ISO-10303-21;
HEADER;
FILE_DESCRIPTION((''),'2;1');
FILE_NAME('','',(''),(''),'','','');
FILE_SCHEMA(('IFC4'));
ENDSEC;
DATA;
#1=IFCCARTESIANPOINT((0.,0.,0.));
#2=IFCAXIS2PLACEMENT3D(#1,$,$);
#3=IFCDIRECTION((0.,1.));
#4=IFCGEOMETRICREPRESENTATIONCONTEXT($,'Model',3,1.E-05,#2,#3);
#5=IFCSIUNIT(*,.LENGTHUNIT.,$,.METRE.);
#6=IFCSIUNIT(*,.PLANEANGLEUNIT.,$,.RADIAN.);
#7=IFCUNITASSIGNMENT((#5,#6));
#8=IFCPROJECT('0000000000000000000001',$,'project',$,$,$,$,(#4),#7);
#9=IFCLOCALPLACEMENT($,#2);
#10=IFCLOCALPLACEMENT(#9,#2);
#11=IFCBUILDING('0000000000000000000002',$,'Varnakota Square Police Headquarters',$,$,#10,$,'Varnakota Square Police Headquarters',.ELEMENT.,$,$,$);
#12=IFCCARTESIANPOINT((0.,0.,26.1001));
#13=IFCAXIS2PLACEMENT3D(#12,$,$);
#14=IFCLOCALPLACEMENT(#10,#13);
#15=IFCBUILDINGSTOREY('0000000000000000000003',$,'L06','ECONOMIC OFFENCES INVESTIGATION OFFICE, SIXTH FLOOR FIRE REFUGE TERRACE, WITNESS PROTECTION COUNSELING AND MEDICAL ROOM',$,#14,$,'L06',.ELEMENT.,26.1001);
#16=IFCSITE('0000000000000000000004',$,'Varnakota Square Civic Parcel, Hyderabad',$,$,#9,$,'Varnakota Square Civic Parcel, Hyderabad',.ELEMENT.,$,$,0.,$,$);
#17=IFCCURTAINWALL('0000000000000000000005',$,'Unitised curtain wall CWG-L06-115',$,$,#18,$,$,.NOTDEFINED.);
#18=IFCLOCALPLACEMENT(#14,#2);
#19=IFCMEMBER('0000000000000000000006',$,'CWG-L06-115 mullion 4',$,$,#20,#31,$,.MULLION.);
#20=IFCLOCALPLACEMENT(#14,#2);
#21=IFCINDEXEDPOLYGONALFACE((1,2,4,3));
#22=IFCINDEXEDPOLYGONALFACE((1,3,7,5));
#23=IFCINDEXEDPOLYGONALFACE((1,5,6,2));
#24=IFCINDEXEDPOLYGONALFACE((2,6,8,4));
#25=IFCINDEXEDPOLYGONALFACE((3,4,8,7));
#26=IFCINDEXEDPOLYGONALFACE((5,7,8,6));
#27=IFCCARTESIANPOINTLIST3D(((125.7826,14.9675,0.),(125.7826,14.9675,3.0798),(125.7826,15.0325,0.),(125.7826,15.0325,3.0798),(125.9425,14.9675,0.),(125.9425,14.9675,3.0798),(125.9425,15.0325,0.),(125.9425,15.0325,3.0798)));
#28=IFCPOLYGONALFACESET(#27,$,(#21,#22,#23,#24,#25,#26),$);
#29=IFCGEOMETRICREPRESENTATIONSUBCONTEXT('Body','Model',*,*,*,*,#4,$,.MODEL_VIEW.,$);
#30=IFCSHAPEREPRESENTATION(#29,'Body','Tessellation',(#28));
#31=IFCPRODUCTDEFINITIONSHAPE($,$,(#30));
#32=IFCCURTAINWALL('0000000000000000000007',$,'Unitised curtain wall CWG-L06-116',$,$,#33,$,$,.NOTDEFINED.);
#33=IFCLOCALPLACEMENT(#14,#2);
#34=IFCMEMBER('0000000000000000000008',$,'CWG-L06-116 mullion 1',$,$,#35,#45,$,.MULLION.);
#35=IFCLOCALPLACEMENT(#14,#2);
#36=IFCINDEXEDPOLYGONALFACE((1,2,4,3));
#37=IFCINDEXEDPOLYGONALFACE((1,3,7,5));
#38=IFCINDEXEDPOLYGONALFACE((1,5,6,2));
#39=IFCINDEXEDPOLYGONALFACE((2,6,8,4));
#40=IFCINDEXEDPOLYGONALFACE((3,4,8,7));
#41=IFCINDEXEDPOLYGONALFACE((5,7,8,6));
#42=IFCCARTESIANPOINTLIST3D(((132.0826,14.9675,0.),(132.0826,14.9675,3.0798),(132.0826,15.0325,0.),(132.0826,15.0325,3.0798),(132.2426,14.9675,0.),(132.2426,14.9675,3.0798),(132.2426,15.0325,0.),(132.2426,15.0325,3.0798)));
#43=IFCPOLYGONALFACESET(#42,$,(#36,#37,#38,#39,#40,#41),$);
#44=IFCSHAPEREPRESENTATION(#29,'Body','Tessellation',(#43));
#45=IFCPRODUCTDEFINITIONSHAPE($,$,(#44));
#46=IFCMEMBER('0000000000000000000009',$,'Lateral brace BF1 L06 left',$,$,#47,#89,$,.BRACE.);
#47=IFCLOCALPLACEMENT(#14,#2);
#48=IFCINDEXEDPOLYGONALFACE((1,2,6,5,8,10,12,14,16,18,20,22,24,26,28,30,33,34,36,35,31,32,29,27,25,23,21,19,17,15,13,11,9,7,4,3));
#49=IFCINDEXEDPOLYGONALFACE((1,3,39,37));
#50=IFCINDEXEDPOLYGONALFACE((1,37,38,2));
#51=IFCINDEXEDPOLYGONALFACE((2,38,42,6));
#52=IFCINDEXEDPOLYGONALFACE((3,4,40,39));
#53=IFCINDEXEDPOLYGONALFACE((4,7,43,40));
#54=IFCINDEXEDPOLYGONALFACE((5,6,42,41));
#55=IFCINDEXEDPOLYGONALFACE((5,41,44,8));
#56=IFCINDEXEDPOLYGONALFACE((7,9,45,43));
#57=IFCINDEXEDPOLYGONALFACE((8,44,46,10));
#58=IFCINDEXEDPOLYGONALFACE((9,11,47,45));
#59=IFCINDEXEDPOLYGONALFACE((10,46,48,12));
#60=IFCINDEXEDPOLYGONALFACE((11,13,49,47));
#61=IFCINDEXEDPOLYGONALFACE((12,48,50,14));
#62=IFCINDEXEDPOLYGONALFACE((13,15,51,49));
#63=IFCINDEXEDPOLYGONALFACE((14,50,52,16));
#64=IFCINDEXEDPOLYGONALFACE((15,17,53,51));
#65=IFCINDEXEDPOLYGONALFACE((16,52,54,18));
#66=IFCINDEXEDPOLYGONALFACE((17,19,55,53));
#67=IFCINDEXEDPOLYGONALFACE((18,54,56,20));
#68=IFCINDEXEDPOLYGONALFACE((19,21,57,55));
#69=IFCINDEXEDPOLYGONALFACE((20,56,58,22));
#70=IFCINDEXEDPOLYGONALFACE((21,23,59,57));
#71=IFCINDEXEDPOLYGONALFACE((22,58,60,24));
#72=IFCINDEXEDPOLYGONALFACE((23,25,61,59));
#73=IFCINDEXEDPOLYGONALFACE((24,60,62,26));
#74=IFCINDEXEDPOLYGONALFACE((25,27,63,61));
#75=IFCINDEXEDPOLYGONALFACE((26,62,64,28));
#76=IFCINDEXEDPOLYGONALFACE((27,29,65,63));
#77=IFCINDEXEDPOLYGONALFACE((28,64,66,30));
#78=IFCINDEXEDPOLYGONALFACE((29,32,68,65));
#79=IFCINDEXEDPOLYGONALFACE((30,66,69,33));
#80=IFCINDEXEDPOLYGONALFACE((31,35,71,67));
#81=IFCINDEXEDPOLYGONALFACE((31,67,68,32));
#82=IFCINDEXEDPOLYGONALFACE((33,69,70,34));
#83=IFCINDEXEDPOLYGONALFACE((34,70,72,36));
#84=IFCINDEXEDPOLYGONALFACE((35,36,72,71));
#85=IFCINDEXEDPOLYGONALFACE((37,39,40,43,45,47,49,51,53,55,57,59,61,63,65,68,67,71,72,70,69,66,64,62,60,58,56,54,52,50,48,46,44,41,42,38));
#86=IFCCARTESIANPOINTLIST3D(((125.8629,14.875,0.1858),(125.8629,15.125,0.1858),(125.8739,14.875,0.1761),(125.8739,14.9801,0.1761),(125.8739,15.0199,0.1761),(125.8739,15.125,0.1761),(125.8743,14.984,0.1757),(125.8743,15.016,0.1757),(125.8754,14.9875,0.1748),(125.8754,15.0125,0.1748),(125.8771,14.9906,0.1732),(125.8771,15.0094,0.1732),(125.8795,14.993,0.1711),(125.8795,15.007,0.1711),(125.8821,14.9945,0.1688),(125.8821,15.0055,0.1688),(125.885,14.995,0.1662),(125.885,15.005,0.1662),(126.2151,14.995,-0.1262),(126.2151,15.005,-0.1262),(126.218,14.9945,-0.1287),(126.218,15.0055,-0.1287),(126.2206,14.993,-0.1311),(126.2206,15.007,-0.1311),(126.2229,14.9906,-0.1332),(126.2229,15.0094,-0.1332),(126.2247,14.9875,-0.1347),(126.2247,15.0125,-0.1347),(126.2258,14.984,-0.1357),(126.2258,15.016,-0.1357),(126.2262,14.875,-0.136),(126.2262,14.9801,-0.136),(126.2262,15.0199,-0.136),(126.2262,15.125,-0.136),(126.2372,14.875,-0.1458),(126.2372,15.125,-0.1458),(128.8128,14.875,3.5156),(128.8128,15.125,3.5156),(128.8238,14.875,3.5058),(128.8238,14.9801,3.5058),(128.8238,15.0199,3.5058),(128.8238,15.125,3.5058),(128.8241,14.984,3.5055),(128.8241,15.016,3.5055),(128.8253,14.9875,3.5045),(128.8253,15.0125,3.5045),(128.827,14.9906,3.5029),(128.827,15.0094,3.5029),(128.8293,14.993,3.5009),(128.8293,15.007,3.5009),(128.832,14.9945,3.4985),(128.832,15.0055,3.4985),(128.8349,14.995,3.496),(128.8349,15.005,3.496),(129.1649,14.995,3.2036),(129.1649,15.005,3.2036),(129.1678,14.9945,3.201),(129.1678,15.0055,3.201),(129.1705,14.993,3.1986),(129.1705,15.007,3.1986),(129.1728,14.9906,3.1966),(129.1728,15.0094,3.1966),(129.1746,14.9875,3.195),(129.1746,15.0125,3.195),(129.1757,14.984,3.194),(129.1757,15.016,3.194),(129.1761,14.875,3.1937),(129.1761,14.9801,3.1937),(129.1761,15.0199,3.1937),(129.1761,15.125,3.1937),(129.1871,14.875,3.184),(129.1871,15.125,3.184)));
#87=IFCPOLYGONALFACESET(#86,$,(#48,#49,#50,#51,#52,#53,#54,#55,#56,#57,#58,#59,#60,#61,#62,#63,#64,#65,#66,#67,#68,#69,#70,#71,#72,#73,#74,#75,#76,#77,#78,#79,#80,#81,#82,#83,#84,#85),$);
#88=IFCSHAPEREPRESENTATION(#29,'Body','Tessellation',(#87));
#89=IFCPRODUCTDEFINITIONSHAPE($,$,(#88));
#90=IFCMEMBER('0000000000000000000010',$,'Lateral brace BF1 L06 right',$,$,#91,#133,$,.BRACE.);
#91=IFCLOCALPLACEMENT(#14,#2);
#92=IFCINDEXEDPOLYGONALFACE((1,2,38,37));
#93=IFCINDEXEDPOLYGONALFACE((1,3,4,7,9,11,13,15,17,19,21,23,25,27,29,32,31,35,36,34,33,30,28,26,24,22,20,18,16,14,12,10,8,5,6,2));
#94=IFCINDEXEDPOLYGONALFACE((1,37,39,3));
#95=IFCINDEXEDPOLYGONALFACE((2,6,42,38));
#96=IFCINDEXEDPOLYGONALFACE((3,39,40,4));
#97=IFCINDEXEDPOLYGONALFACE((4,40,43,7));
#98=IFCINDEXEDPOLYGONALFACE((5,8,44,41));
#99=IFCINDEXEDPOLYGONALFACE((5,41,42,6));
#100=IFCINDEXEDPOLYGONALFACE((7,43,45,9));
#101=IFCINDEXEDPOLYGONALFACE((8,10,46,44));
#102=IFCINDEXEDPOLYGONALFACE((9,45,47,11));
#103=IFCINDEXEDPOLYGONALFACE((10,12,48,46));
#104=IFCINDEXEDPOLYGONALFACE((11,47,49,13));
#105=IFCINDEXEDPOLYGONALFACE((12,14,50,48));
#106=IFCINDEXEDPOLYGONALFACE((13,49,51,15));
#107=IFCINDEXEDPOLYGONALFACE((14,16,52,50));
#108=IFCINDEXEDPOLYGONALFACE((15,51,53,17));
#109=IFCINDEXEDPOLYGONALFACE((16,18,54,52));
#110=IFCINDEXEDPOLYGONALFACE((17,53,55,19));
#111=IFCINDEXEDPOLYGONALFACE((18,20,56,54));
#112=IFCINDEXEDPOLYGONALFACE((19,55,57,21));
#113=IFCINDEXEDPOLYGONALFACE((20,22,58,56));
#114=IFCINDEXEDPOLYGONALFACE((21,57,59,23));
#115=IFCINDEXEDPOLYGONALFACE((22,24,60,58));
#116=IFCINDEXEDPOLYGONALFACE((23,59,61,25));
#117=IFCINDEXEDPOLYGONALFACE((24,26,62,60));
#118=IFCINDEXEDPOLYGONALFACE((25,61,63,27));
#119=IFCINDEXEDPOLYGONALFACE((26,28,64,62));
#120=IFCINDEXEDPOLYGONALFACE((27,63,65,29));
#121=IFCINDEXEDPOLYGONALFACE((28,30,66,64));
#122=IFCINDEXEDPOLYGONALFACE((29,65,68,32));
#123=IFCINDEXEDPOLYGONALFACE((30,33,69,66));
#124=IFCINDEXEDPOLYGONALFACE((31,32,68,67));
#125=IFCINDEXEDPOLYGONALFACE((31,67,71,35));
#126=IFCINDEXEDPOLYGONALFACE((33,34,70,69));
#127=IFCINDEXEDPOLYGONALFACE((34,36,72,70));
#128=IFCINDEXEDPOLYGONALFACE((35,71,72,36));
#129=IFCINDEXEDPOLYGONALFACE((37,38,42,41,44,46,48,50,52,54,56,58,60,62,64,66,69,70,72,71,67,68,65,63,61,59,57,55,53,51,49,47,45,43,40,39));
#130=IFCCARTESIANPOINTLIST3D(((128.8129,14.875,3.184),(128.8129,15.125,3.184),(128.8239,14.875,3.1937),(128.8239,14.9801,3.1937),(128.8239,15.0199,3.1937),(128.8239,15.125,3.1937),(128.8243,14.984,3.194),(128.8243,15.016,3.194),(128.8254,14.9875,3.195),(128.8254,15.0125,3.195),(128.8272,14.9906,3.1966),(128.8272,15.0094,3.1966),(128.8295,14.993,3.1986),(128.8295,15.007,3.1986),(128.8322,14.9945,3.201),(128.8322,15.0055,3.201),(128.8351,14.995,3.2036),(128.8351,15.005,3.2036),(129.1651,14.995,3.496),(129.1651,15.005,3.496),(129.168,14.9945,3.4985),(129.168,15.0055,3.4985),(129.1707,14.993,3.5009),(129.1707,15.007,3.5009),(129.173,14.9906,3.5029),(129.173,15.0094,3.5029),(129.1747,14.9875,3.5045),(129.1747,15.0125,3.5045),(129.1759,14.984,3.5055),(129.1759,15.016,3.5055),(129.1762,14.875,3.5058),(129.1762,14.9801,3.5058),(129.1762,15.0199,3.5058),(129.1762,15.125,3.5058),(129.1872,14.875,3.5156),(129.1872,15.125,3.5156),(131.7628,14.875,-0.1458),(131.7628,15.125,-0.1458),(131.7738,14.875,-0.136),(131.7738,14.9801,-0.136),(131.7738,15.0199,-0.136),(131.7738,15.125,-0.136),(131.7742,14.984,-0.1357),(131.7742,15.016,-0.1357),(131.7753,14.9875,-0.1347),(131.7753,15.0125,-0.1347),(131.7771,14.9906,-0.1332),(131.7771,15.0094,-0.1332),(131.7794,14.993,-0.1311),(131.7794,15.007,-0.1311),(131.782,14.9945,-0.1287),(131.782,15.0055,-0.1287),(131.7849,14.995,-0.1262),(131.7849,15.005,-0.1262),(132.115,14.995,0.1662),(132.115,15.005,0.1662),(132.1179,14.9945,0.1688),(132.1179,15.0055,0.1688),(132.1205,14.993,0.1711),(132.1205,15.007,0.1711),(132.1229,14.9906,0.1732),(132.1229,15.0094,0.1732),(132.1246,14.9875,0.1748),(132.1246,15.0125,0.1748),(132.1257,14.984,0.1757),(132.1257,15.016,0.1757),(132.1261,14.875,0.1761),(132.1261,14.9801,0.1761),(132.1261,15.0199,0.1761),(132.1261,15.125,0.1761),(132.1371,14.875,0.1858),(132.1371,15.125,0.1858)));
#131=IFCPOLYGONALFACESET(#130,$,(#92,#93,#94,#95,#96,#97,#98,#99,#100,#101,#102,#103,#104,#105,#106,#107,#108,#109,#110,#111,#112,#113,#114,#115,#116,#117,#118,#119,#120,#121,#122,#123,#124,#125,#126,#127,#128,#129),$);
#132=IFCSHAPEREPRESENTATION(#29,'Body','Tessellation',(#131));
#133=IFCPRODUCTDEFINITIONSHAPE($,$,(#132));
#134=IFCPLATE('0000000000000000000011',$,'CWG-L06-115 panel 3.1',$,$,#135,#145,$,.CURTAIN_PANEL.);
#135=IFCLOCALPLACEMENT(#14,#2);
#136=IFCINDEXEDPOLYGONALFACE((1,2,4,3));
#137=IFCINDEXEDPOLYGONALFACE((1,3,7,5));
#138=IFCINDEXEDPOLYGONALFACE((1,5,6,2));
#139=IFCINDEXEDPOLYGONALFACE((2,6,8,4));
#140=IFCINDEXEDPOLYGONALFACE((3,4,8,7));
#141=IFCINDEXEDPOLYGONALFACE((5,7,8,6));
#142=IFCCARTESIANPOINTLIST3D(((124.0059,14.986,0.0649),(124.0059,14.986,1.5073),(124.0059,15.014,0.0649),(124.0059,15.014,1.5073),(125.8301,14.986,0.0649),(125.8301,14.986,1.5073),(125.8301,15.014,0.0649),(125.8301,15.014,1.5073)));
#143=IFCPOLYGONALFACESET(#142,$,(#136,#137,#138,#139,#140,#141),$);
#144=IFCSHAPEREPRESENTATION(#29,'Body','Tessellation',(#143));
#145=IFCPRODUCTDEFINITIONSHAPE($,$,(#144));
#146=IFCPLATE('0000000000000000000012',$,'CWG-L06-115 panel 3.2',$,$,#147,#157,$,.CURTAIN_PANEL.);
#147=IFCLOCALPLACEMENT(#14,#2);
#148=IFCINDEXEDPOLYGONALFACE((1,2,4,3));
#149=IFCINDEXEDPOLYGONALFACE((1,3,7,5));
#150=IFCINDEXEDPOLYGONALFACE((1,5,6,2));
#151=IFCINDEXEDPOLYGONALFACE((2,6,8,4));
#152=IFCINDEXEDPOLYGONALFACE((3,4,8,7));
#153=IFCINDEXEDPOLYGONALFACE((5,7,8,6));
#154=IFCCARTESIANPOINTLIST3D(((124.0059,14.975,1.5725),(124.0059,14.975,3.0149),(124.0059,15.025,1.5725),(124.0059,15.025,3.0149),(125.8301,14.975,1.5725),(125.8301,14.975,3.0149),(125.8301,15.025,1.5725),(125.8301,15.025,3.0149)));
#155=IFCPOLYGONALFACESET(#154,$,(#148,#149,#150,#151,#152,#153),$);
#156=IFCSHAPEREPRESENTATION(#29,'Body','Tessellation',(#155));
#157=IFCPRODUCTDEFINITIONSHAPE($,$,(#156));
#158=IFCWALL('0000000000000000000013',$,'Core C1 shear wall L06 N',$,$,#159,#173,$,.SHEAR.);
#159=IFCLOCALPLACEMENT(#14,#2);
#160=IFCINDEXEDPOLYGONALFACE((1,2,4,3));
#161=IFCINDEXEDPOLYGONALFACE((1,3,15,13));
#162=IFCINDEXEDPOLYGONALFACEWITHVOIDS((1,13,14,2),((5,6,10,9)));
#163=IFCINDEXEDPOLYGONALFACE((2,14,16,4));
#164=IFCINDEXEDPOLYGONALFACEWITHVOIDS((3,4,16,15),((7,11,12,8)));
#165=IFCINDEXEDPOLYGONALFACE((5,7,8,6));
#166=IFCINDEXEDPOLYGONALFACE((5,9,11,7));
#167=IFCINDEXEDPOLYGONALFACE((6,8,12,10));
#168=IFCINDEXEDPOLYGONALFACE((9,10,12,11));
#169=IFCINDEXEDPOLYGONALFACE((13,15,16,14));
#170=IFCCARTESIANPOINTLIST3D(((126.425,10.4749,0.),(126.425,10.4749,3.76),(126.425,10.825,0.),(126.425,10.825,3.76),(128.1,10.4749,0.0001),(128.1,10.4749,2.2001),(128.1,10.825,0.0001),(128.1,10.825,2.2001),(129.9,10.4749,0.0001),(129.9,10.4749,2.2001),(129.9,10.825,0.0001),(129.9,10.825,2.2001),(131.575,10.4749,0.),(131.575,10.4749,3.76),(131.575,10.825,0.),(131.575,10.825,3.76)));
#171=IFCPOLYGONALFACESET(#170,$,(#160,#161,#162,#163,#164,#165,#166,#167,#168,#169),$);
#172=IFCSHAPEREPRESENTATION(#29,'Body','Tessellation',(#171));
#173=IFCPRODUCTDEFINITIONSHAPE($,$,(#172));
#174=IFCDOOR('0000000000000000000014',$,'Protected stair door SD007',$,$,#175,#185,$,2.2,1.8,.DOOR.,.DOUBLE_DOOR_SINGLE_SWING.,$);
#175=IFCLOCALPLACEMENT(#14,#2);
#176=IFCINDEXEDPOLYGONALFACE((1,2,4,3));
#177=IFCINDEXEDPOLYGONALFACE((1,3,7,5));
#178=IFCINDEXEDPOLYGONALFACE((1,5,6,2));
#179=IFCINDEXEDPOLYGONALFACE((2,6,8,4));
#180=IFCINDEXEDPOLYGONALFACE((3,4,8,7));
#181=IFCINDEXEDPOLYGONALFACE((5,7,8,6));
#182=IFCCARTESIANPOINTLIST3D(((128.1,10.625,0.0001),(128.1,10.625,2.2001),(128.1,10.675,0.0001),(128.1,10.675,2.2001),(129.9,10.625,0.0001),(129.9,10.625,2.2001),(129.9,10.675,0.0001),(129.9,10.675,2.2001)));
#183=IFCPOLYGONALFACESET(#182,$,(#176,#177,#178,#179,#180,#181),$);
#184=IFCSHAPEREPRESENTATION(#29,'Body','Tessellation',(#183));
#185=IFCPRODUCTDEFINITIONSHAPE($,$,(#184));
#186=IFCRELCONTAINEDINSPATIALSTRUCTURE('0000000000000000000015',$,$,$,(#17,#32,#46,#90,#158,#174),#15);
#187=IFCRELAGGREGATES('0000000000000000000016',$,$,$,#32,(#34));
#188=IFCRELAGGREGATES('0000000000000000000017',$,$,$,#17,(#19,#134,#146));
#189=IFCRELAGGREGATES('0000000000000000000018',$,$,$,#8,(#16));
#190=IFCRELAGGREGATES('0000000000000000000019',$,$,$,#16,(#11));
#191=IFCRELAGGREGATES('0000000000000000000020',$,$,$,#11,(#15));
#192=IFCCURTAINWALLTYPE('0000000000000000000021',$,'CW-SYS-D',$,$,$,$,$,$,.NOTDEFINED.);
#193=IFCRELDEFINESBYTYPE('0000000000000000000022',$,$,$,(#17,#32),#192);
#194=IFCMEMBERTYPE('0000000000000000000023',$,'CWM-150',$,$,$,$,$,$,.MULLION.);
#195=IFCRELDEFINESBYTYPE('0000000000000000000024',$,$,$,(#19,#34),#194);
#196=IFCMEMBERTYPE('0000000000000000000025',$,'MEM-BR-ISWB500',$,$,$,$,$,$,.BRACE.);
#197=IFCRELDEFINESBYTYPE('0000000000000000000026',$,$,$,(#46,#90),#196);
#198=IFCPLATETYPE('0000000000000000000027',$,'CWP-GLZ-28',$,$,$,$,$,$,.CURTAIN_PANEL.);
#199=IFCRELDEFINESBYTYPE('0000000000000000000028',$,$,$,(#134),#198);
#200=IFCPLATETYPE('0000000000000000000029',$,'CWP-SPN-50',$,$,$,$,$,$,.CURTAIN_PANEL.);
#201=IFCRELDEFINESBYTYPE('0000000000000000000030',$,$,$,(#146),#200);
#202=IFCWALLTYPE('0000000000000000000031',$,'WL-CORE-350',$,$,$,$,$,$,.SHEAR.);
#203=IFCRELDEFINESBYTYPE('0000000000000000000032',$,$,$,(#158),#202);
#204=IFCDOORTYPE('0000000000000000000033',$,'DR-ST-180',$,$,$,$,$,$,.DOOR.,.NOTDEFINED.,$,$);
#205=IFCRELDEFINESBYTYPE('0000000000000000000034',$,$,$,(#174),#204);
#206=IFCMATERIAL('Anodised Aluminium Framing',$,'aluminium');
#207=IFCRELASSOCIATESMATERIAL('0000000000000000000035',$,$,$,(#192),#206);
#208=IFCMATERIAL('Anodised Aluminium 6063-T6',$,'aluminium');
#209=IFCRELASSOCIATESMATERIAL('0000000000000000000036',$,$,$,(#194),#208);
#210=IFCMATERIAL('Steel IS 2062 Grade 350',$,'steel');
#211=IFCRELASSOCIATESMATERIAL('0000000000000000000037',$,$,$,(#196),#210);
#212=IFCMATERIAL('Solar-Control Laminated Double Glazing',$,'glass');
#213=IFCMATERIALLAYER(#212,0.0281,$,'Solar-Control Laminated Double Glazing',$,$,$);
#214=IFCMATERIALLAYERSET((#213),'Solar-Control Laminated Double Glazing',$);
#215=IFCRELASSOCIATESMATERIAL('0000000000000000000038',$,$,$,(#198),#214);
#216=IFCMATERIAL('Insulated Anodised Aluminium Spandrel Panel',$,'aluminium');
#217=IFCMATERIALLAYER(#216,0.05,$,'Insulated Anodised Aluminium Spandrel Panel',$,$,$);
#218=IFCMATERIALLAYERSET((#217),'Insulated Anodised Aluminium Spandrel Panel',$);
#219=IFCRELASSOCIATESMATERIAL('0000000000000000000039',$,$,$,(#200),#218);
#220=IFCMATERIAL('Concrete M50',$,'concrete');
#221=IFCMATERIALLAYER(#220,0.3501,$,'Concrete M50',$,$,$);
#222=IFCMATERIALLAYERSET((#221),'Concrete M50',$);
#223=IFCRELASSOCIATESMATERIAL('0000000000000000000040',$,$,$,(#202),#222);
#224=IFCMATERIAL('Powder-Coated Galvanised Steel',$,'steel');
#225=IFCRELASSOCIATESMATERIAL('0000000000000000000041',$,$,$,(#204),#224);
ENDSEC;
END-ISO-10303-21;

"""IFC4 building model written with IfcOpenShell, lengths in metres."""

from ifc_helpers import new_model, si_unit, direction, frame, frame_2d, origin, origin_2d, place, context, subcontext, project, spatial, rectangle, i_section, extrude, material, layer, layer_set, material_profile, profile_set, type_object, element, fill, aggregate, save


model = new_model("IFC4")

# Units and contexts
model_context = context("Model", 3, precision=1e-05, world=origin(), true_north=direction((0.0, 1.0)))
body_context = subcontext(model_context, "Body", "Model", "MODEL_VIEW")
ifc_project = project(units=[si_unit("LENGTHUNIT", "METRE"), si_unit("PLANEANGLEUNIT", "RADIAN")], contexts=[model_context])

# Site, building, storey
site_placement = place(None, origin())
site = spatial("IfcSite", under=ifc_project, at=site_placement, Name="Varnakota Square Civic Parcel, Hyderabad", LongName="Varnakota Square Civic Parcel, Hyderabad", CompositionType="ELEMENT", RefElevation=0.0)
building_placement = place(site_placement, origin())
building = spatial("IfcBuilding", under=site, at=building_placement, Name="Varnakota Square Police Headquarters", LongName="Varnakota Square Police Headquarters", CompositionType="ELEMENT")
storey_placement = place(building_placement, frame((0.0, 0.0, 26.1001)))
storey = spatial("IfcBuildingStorey", under=building, at=storey_placement, Name="L06", Description="ECONOMIC OFFENCES INVESTIGATION OFFICE, SIXTH FLOOR FIRE REFUGE TERRACE, WITNESS PROTECTION COUNSELING AND MEDICAL ROOM", LongName="L06", CompositionType="ELEMENT", Elevation=26.1001)

# Shared definitions
ifc_material_1 = material(Name="Steel IS 2062 Grade 350", Category="steel")

# Curtain walls, members
ifc_material_2 = material(Name="Anodised Aluminium Framing", Category="aluminium")
curtain_wall_type = type_object("IfcCurtainWallType", Name="CW-SYS-D", PredefinedType="NOTDEFINED", material=ifc_material_2)
curtain_wall_1_placement = place(storey_placement, origin())
curtain_wall_1 = element("IfcCurtainWall", 1, at=curtain_wall_1_placement, inside=storey, type_object=curtain_wall_type, Name="Unitised curtain wall CWG-L06-115", PredefinedType="NOTDEFINED")
ifc_material_3 = material(Name="Anodised Aluminium 6063-T6", Category="aluminium")
ifc_material_profile_1 = material_profile(ifc_material_3, rectangle(XDim=0.0649, YDim=0.1599, at=origin_2d()), Name="ALU MULLION 65x160")
ifc_profile_set_1 = profile_set([ifc_material_profile_1], Name="Anodised Aluminium 6063-T6")
member_type_1 = type_object("IfcMemberType", Name="CWM-150", PredefinedType="MULLION", material=ifc_profile_set_1)
member_1_placement = place(storey_placement, frame((125.8625, 15.0, 0.0), z_axis=(0.0, 0.0, 1.0), x_axis=(0.0, 1.0, 0.0)))
member_1 = element("IfcMember", 2, at=member_1_placement, type_object=member_type_1, Name="CWG-L06-115 mullion 4", PredefinedType="MULLION", context=body_context, shape_type="SweptSolid", body=[
    extrude(rectangle(XDim=0.0649, YDim=0.1599, at=origin_2d()), origin(), (0.0, 0.0, 1.0), 3.0798),
])
curtain_wall_2_placement = place(storey_placement, origin())
curtain_wall_2 = element("IfcCurtainWall", 3, at=curtain_wall_2_placement, inside=storey, type_object=curtain_wall_type, Name="Unitised curtain wall CWG-L06-116", PredefinedType="NOTDEFINED")
member_2_placement = place(storey_placement, frame((132.1626, 15.0, 0.0), z_axis=(0.0, 0.0, 1.0), x_axis=(0.0, 1.0, 0.0)))
member_2 = element("IfcMember", 4, at=member_2_placement, type_object=member_type_1, Name="CWG-L06-116 mullion 1", PredefinedType="MULLION", context=body_context, shape_type="SweptSolid", body=[
    extrude(rectangle(XDim=0.0649, YDim=0.1599, at=origin_2d()), origin(), (0.0, 0.0, 1.0), 3.0798),
])
aggregate(curtain_wall_2, [member_2])

# Members
ifc_material_profile_2 = material_profile(ifc_material_1, i_section(OverallWidth=0.25, OverallDepth=0.5, WebThickness=0.01, FlangeThickness=0.0146, FilletRadius=0.0149, at=origin_2d()), Name="ISWB 500")
ifc_profile_set_2 = profile_set([ifc_material_profile_2], Name="Steel IS 2062 Grade 350")
member_type_2 = type_object("IfcMemberType", Name="MEM-BR-ISWB500", PredefinedType="BRACE", material=ifc_profile_set_2)
for number, where, z_axis, x_axis, name in (
    (5, (126.05, 15.0, 0.02), (0.66312, 0.0, 0.748513), (0.0, 1.0, 0.0), "Lateral brace BF1 L06 left"),
    (6, (131.95, 15.0, 0.02), (-0.66312, 0.0, 0.748513), (0.0, -1.0, 0.0), "Lateral brace BF1 L06 right"),
):
    element("IfcMember", number, at=place(storey_placement, frame(where, z_axis=z_axis, x_axis=x_axis)), inside=storey, type_object=member_type_2, Name=name, PredefinedType="BRACE", context=body_context, shape_type="SweptSolid", body=[
        extrude(i_section(OverallWidth=0.25, OverallDepth=0.5, WebThickness=0.01, FlangeThickness=0.0146, FilletRadius=0.0149, at=origin_2d()), origin(), (0.0, 0.0, 1.0), 4.4485),
    ])

# Plates
ifc_material_4 = material(Name="Solar-Control Laminated Double Glazing", Category="glass")
ifc_layer_1 = layer(ifc_material_4, 0.0281, Name="Solar-Control Laminated Double Glazing")
ifc_layer_set_1 = layer_set([ifc_layer_1], Name="Solar-Control Laminated Double Glazing")
plate_type_1 = type_object("IfcPlateType", Name="CWP-GLZ-28", PredefinedType="CURTAIN_PANEL", material=ifc_layer_set_1)
plate_1_placement = place(storey_placement, frame((124.918, 15.0, 0.0649), z_axis=(0.0, 0.0, 1.0), x_axis=(1.0, 0.0, 0.0)))
plate_1 = element("IfcPlate", 7, at=plate_1_placement, type_object=plate_type_1, Name="CWG-L06-115 panel 3.1", PredefinedType="CURTAIN_PANEL", context=body_context, shape_type="SweptSolid", body=[
    extrude(rectangle(XDim=1.8242, YDim=0.0281, at=origin_2d()), origin(), (0.0, 0.0, 1.0), 1.4424),
])
ifc_material_5 = material(Name="Insulated Anodised Aluminium Spandrel Panel", Category="aluminium")
ifc_layer_2 = layer(ifc_material_5, 0.05, Name="Insulated Anodised Aluminium Spandrel Panel")
ifc_layer_set_2 = layer_set([ifc_layer_2], Name="Insulated Anodised Aluminium Spandrel Panel")
plate_type_2 = type_object("IfcPlateType", Name="CWP-SPN-50", PredefinedType="CURTAIN_PANEL", material=ifc_layer_set_2)
plate_2_placement = place(storey_placement, frame((124.918, 15.0, 1.5725), z_axis=(0.0, 0.0, 1.0), x_axis=(1.0, 0.0, 0.0)))
plate_2 = element("IfcPlate", 8, at=plate_2_placement, type_object=plate_type_2, Name="CWG-L06-115 panel 3.2", PredefinedType="CURTAIN_PANEL", context=body_context, shape_type="SweptSolid", body=[
    extrude(rectangle(XDim=1.8242, YDim=0.05, at=origin_2d()), origin(), (0.0, 0.0, 1.0), 1.4424),
])
aggregate(curtain_wall_1, [member_1, plate_1, plate_2])

# Wall, opening, door
ifc_material_6 = material(Name="Concrete M50", Category="concrete")
ifc_layer_3 = layer(ifc_material_6, 0.3501, Name="Concrete M50")
ifc_layer_set_3 = layer_set([ifc_layer_3], Name="Concrete M50")
wall_type_1 = type_object("IfcWallType", Name="WL-CORE-350", PredefinedType="SHEAR", material=ifc_layer_set_3)
wall_1_placement = place(storey_placement, frame((131.575, 10.6499, 0.0), z_axis=(0.0, 0.0, 1.0), x_axis=(-1.0, 0.0, 0.0)))
wall_1 = element("IfcWall", 9, at=wall_1_placement, inside=storey, type_object=wall_type_1, Name="Core C1 shear wall L06 N", PredefinedType="SHEAR", context=body_context, shape_type="SweptSolid", body=[
    extrude(rectangle(XDim=5.1499, YDim=0.3501, at=frame_2d((2.575, 0.0))), origin(), (0.0, 0.0, 1.0), 3.76),
])
opening_1_placement = place(wall_1_placement, frame((1.675, 0.0, 0.0)))
opening_1 = element("IfcOpeningElement", 10, at=opening_1_placement, cuts=wall_1, PredefinedType="OPENING", context=body_context, shape_type="SweptSolid", body=[
    extrude(rectangle(XDim=1.8, YDim=2.2, at=frame_2d((0.8999, 1.1001))), frame((0.0, 0.1851, 0.0), z_axis=(0.0, -1.0, 0.0), x_axis=(1.0, 0.0, 0.0)), (0.0, 0.0, 1.0), 0.3701),
])
ifc_material_7 = material(Name="Powder-Coated Galvanised Steel", Category="steel")
door_type_1 = type_object("IfcDoorType", Name="DR-ST-180", OperationType="NOTDEFINED", PredefinedType="DOOR", material=ifc_material_7)
door_1_placement = place(opening_1_placement, origin())
door_1 = element("IfcDoor", 11, at=door_1_placement, inside=storey, type_object=door_type_1, Name="Protected stair door SD007", OperationType="DOUBLE_DOOR_SINGLE_SWING", OverallHeight=2.2, OverallWidth=1.8, PredefinedType="DOOR", context=body_context, shape_type="SweptSolid", body=[
    extrude(rectangle(XDim=1.8, YDim=2.2, at=frame_2d((0.8999, 1.1001))), frame((0.0, 0.0249, 0.0), z_axis=(0.0, -1.0, 0.0), x_axis=(1.0, 0.0, 0.0)), (0.0, 0.0, 1.0), 0.05),
])
fill(opening_1, door_1)

save(model, "model.ifc")
